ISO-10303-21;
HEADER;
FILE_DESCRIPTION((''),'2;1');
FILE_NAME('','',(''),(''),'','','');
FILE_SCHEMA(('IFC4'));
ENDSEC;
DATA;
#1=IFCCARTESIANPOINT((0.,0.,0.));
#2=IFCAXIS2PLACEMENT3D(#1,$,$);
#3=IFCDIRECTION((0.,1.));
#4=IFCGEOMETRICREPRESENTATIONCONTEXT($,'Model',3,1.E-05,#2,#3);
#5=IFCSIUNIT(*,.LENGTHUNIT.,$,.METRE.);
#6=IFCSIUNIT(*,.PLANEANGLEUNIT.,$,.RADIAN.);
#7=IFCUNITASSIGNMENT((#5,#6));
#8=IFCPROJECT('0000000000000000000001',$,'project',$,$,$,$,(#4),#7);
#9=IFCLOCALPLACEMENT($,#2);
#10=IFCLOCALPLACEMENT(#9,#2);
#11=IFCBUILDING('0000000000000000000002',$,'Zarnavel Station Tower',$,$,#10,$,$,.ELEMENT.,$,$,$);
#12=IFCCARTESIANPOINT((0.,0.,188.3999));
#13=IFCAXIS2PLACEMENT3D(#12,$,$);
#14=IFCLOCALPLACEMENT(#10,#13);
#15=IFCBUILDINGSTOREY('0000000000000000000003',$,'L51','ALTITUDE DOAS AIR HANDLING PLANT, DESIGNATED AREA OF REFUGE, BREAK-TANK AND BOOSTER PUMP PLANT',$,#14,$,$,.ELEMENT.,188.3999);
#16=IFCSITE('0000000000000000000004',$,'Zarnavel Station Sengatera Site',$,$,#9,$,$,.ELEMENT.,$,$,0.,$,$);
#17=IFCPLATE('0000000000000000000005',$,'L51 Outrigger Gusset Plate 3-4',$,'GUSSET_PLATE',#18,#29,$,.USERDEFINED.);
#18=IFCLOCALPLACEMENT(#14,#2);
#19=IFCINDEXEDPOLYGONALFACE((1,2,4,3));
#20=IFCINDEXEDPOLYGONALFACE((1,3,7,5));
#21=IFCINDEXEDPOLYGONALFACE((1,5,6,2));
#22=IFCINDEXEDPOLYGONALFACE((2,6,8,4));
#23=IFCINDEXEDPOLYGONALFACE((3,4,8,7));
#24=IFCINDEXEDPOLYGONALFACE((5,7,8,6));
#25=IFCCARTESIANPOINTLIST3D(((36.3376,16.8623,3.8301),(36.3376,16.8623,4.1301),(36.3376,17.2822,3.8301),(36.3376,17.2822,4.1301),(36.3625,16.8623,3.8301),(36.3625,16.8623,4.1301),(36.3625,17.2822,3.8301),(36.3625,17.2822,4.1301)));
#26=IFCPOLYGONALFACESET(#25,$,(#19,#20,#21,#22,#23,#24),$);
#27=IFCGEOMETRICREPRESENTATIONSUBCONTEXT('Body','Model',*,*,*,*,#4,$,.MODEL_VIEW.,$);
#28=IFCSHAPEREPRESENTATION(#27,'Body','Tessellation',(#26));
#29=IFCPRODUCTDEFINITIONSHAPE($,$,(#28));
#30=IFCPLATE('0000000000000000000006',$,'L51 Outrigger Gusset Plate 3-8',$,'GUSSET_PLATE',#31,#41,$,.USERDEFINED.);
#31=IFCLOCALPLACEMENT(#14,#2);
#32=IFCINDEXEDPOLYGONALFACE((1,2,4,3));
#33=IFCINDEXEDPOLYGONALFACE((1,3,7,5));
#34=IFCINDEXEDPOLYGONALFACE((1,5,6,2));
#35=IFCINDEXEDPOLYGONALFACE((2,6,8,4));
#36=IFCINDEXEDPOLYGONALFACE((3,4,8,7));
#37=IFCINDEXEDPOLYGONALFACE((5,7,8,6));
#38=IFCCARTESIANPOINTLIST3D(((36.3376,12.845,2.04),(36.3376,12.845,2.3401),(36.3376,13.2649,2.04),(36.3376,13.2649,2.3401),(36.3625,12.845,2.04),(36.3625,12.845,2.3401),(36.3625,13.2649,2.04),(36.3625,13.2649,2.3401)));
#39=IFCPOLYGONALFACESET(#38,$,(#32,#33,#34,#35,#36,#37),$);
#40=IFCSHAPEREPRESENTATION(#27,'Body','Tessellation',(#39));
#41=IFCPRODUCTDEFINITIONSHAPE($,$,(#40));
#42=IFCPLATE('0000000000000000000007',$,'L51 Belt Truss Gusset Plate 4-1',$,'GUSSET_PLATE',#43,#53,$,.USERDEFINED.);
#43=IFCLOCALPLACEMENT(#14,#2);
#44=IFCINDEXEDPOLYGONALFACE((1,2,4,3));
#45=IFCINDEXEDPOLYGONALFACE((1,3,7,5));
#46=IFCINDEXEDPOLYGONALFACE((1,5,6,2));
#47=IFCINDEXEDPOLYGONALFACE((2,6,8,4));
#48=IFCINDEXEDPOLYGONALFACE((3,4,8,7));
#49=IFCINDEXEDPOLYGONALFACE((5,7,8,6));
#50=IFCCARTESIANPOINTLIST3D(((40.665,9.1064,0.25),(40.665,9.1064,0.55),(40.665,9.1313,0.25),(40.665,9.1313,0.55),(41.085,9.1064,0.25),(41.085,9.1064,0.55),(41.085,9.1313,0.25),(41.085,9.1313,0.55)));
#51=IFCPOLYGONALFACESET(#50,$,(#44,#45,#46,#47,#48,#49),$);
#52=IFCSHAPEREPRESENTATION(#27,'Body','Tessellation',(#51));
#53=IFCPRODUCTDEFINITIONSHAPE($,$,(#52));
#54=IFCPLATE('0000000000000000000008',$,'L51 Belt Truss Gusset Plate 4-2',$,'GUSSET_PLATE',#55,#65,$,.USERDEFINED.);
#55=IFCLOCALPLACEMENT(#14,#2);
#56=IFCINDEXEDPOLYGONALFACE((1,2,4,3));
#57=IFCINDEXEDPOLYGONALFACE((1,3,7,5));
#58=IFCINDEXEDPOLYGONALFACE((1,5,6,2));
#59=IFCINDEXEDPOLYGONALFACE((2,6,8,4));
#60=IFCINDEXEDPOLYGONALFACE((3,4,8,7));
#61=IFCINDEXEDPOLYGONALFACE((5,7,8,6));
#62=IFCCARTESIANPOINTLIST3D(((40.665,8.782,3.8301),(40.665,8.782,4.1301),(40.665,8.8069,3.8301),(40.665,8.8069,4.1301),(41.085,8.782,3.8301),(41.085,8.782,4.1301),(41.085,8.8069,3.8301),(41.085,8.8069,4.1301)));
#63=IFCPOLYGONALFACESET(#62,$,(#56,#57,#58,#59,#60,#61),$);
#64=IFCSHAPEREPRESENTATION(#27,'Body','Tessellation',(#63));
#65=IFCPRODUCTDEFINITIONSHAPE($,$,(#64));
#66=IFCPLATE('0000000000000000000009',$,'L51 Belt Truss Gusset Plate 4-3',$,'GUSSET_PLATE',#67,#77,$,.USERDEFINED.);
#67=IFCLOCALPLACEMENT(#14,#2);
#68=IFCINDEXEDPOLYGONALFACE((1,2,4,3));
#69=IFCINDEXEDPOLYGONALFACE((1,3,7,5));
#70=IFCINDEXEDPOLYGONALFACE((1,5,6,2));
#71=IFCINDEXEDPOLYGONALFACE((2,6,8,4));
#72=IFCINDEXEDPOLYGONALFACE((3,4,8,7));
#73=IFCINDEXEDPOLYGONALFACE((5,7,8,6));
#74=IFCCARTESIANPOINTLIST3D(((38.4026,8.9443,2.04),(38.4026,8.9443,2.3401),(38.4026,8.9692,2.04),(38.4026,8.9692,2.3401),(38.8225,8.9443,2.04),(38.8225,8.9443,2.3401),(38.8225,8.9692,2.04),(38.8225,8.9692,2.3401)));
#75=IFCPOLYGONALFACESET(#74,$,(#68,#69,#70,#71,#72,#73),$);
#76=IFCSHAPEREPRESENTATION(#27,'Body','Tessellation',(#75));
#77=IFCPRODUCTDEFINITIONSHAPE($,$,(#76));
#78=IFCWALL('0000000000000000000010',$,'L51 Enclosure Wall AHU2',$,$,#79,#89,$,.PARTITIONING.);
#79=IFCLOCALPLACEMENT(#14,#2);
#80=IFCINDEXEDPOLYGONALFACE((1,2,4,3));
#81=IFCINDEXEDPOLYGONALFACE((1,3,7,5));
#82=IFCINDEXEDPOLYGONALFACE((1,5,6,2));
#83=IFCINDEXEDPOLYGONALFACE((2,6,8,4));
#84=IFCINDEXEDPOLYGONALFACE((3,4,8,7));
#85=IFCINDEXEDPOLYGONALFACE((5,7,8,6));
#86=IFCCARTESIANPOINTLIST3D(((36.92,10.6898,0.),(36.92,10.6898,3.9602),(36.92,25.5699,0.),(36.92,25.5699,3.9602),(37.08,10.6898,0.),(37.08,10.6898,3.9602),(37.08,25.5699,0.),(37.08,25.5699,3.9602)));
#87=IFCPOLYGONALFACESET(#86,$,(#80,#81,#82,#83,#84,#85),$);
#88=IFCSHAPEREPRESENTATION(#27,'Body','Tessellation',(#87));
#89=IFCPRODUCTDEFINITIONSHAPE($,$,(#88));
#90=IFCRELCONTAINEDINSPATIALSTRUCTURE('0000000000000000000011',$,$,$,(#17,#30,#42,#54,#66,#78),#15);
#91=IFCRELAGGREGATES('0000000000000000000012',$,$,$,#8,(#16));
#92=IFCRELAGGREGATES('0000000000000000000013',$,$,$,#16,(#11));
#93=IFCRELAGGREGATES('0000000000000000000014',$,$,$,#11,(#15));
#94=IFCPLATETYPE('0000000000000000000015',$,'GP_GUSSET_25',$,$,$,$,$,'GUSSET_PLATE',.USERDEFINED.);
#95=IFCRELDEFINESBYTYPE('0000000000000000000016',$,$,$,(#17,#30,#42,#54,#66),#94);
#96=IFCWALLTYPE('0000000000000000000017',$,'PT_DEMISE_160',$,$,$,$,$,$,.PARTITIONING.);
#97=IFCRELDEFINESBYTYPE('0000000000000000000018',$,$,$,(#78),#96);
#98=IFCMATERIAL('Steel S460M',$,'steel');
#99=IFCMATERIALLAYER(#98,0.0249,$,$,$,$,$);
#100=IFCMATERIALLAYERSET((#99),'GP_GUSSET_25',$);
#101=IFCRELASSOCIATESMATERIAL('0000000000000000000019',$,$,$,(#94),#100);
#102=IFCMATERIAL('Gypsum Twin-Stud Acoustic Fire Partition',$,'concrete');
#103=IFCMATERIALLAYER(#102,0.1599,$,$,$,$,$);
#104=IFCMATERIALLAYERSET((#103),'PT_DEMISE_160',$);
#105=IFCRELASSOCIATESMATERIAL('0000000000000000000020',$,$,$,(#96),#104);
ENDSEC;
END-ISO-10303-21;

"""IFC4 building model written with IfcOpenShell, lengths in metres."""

from ifc_helpers import new_model, si_unit, direction, frame, frame_2d, origin, origin_2d, place, context, subcontext, project, spatial, rectangle, extrude, material, layer, layer_set, type_object, element, save


model = new_model("IFC4")

# Units and contexts
model_context = context("Model", 3, precision=1e-05, world=origin(), true_north=direction((0.0, 1.0)))
body_context = subcontext(model_context, "Body", "Model", "MODEL_VIEW")
ifc_project = project(units=[si_unit("LENGTHUNIT", "METRE"), si_unit("PLANEANGLEUNIT", "RADIAN")], contexts=[model_context])

# Site, building, storey
site_placement = place(None, origin())
site = spatial("IfcSite", under=ifc_project, at=site_placement, Name="Zarnavel Station Sengatera Site", CompositionType="ELEMENT", RefElevation=0.0)
building_placement = place(site_placement, origin())
building = spatial("IfcBuilding", under=site, at=building_placement, Name="Zarnavel Station Tower", CompositionType="ELEMENT")
storey_placement = place(building_placement, frame((0.0, 0.0, 188.3999)))
storey = spatial("IfcBuildingStorey", under=building, at=storey_placement, Name="L51", Description="ALTITUDE DOAS AIR HANDLING PLANT, DESIGNATED AREA OF REFUGE, BREAK-TANK AND BOOSTER PUMP PLANT", CompositionType="ELEMENT", Elevation=188.3999)

# Plates
ifc_material_1 = material(Name="Steel S460M", Category="steel")
ifc_layer_1 = layer(ifc_material_1, 0.0249)
ifc_layer_set_1 = layer_set([ifc_layer_1], Name="GP_GUSSET_25")
plate_type = type_object("IfcPlateType", Name="GP_GUSSET_25", ElementType="GUSSET_PLATE", PredefinedType="USERDEFINED", material=ifc_layer_set_1)
for number, where, z_axis, x_axis, name in (
    (1, (36.3501, 17.0723, 3.8301), (0.0, 0.0, 1.0), (1.0, 0.0, 0.0), "L51 Outrigger Gusset Plate 3-4"),
    (2, (36.3501, 13.0549, 2.04), (0.0, 0.0, 1.0), (1.0, 0.0, 0.0), "L51 Outrigger Gusset Plate 3-8"),
):
    element("IfcPlate", number, at=place(storey_placement, frame(where, z_axis=z_axis, x_axis=x_axis)), inside=storey, type_object=plate_type, Name=name, ObjectType="GUSSET_PLATE", PredefinedType="USERDEFINED", context=body_context, shape_type="SweptSolid", body=[
        extrude(rectangle(XDim=0.0249, YDim=0.4199, at=origin_2d()), origin(), (0.0, 0.0, 1.0), 0.3),
    ])
for number, where, z_axis, x_axis, name in (
    (3, (40.875, 9.1189, 0.25), (0.0, 0.0, 1.0), (1.0, 0.0, 0.0), "L51 Belt Truss Gusset Plate 4-1"),
    (4, (40.875, 8.7944, 3.8301), (0.0, 0.0, 1.0), (1.0, 0.0, 0.0), "L51 Belt Truss Gusset Plate 4-2"),
    (5, (38.6125, 8.9568, 2.04), (0.0, 0.0, 1.0), (1.0, 0.0, 0.0), "L51 Belt Truss Gusset Plate 4-3"),
):
    element("IfcPlate", number, at=place(storey_placement, frame(where, z_axis=z_axis, x_axis=x_axis)), inside=storey, type_object=plate_type, Name=name, ObjectType="GUSSET_PLATE", PredefinedType="USERDEFINED", context=body_context, shape_type="SweptSolid", body=[
        extrude(rectangle(XDim=0.4199, YDim=0.0249, at=origin_2d()), origin(), (0.0, 0.0, 1.0), 0.3),
    ])

# Wall
ifc_material_2 = material(Name="Gypsum Twin-Stud Acoustic Fire Partition", Category="concrete")
ifc_layer_2 = layer(ifc_material_2, 0.1599)
ifc_layer_set_2 = layer_set([ifc_layer_2], Name="PT_DEMISE_160")
wall_type = type_object("IfcWallType", Name="PT_DEMISE_160", PredefinedType="PARTITIONING", material=ifc_layer_set_2)
wall_placement = place(storey_placement, frame((37.0, 10.6899, 0.0), z_axis=(0.0, 0.0, 1.0), x_axis=(0.0, 1.0, 0.0)))
element("IfcWall", 6, at=wall_placement, inside=storey, type_object=wall_type, Name="L51 Enclosure Wall AHU2", PredefinedType="PARTITIONING", context=body_context, shape_type="SweptSolid", body=[
    extrude(rectangle(XDim=14.8801, YDim=0.1599, at=frame_2d((7.4399, 0.0))), origin(), (0.0, 0.0, 1.0), 3.9602),
])

save(model, "model.ifc")
